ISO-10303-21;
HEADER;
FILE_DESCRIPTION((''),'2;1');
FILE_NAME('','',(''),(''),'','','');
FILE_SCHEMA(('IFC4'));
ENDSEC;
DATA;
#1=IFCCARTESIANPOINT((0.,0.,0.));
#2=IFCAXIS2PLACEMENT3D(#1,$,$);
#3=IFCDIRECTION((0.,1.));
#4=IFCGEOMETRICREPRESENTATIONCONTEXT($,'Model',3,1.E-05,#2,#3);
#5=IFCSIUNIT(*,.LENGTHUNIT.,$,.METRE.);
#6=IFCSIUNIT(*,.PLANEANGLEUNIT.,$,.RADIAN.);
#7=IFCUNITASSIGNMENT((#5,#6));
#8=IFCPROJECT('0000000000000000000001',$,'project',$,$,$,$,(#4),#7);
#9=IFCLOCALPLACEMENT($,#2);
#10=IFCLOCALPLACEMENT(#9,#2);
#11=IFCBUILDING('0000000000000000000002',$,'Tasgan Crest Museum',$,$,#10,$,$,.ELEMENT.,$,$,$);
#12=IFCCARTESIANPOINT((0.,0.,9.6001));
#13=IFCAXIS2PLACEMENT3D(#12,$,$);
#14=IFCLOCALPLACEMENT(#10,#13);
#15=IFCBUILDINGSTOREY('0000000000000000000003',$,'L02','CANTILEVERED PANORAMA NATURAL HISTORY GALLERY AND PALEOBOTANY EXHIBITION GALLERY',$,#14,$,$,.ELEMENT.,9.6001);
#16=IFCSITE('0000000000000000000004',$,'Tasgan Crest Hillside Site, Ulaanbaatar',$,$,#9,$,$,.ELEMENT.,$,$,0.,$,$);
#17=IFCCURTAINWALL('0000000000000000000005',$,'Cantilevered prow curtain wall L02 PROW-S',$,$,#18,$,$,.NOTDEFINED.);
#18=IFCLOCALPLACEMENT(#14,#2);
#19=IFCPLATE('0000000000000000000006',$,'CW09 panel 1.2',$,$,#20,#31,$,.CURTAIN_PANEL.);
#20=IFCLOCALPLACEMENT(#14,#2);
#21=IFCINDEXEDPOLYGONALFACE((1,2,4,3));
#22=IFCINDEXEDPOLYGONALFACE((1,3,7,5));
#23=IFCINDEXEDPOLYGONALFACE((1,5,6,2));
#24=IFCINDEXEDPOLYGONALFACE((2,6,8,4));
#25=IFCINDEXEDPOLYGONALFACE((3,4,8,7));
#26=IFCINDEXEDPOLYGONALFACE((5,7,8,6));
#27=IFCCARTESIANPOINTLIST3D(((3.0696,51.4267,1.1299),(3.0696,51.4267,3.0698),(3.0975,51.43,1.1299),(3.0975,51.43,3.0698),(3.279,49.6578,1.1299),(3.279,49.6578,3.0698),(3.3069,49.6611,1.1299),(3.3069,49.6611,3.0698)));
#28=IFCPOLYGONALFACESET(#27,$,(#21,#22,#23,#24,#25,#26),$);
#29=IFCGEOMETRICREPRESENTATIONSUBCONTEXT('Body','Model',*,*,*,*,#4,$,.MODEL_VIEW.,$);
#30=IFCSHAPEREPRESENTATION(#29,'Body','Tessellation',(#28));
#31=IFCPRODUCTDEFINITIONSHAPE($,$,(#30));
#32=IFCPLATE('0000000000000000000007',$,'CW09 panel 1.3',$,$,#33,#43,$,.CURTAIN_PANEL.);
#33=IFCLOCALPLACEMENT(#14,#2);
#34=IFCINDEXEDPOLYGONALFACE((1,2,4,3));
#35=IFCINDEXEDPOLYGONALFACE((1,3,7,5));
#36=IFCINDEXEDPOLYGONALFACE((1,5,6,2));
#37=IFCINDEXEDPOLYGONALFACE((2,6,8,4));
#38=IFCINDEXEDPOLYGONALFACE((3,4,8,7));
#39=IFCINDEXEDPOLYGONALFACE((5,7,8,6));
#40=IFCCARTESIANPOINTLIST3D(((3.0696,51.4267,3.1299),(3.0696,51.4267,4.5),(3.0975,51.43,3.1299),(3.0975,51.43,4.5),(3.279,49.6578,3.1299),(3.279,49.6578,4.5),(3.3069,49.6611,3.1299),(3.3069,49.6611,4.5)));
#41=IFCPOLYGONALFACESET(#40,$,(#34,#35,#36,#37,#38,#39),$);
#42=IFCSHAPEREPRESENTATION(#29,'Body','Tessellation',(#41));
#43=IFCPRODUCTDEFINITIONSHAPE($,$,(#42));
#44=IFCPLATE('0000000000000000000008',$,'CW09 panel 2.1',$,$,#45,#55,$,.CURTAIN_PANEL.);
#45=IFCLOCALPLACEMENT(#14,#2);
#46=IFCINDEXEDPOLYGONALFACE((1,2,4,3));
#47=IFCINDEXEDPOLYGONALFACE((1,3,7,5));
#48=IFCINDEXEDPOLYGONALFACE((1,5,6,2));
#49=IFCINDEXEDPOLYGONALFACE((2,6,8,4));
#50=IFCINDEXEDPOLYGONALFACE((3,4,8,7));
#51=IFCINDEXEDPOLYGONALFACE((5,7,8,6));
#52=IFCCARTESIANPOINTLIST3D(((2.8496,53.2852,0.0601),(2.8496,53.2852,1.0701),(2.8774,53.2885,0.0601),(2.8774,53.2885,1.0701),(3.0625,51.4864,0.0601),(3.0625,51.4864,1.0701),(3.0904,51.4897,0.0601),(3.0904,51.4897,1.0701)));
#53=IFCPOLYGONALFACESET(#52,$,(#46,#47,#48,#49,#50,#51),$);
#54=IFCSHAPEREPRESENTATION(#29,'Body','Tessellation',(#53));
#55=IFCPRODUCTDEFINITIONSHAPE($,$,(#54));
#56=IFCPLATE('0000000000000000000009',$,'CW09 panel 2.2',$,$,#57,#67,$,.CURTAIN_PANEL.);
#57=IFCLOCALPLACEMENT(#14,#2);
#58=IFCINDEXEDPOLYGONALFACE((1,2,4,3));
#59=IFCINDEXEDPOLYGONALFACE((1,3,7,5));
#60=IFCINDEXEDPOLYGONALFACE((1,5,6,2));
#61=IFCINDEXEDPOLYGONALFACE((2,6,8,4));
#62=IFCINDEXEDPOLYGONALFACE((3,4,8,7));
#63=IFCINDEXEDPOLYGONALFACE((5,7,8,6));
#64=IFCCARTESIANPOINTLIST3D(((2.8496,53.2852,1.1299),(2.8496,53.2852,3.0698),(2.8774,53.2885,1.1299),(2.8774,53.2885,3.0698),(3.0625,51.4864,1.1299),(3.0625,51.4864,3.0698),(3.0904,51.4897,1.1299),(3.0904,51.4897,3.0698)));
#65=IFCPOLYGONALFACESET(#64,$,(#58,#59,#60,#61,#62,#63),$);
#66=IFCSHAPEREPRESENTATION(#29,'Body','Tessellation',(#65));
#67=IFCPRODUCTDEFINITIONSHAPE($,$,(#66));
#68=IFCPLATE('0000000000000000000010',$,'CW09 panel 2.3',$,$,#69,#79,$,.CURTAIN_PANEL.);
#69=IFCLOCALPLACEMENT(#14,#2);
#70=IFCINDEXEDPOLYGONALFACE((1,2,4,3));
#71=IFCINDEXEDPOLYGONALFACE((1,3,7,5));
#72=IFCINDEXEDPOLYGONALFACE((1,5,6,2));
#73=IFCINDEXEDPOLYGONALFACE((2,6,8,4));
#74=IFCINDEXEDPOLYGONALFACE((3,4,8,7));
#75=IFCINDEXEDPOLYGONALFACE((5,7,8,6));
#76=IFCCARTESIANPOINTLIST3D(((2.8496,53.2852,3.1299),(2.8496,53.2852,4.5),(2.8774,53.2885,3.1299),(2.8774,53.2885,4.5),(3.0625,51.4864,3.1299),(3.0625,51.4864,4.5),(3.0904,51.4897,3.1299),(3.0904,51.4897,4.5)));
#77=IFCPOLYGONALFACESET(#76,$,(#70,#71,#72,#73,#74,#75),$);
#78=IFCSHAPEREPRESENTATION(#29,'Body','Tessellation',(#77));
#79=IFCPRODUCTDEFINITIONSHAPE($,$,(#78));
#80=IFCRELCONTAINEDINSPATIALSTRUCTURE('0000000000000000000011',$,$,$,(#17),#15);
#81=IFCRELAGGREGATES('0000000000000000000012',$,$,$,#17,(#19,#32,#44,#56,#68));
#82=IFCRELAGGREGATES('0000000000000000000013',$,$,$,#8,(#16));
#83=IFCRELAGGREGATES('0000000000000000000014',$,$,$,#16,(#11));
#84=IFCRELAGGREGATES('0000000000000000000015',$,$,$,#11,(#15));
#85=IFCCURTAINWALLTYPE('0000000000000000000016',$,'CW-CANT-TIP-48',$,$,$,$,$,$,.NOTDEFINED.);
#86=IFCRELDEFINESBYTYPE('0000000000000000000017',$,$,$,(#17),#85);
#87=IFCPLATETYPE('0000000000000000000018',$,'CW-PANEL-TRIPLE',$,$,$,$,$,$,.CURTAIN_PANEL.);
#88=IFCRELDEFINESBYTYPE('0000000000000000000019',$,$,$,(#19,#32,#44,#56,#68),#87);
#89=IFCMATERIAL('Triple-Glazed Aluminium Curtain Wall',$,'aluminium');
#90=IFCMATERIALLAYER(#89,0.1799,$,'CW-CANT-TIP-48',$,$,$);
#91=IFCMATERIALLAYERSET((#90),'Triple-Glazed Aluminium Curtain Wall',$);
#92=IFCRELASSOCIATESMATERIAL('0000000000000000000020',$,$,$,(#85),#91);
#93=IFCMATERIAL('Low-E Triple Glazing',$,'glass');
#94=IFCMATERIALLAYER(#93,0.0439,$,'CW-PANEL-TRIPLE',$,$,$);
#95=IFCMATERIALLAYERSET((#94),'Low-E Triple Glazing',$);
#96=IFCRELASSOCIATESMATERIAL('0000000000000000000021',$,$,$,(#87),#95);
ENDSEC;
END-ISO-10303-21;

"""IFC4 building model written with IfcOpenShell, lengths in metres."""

from ifc_helpers import new_model, si_unit, direction, frame, origin, origin_2d, place, context, subcontext, project, spatial, rectangle, extrude, material, layer, layer_set, type_object, element, aggregate, save


model = new_model("IFC4")

# Units and contexts
model_context = context("Model", 3, precision=1e-05, world=origin(), true_north=direction((0.0, 1.0)))
body_context = subcontext(model_context, "Body", "Model", "MODEL_VIEW")
ifc_project = project(units=[si_unit("LENGTHUNIT", "METRE"), si_unit("PLANEANGLEUNIT", "RADIAN")], contexts=[model_context])

# Site, building, storey
site_placement = place(None, origin())
site = spatial("IfcSite", under=ifc_project, at=site_placement, Name="Tasgan Crest Hillside Site, Ulaanbaatar", CompositionType="ELEMENT", RefElevation=0.0)
building_placement = place(site_placement, origin())
building = spatial("IfcBuilding", under=site, at=building_placement, Name="Tasgan Crest Museum", CompositionType="ELEMENT")
storey_placement = place(building_placement, frame((0.0, 0.0, 9.6001)))
storey = spatial("IfcBuildingStorey", under=building, at=storey_placement, Name="L02", Description="CANTILEVERED PANORAMA NATURAL HISTORY GALLERY AND PALEOBOTANY EXHIBITION GALLERY", CompositionType="ELEMENT", Elevation=9.6001)

# Curtain wall
ifc_material_1 = material(Name="Triple-Glazed Aluminium Curtain Wall", Category="aluminium")
ifc_layer_1 = layer(ifc_material_1, 0.1799, Name="CW-CANT-TIP-48")
ifc_layer_set_1 = layer_set([ifc_layer_1], Name="Triple-Glazed Aluminium Curtain Wall")
curtain_wall_type = type_object("IfcCurtainWallType", Name="CW-CANT-TIP-48", PredefinedType="NOTDEFINED", material=ifc_layer_set_1)
curtain_wall_1_placement = place(storey_placement, origin())
curtain_wall_1 = element("IfcCurtainWall", 1, at=curtain_wall_1_placement, inside=storey, type_object=curtain_wall_type, Name="Cantilevered prow curtain wall L02 PROW-S", PredefinedType="NOTDEFINED")

# Plates
ifc_material_2 = material(Name="Low-E Triple Glazing", Category="glass")
ifc_layer_2 = layer(ifc_material_2, 0.0439, Name="CW-PANEL-TRIPLE")
ifc_layer_set_2 = layer_set([ifc_layer_2], Name="Low-E Triple Glazing")
plate_type_1 = type_object("IfcPlateType", Name="CW-PANEL-TRIPLE", PredefinedType="CURTAIN_PANEL", material=ifc_layer_set_2)
plate_1_placement = place(storey_placement, frame((3.1882, 50.5439, 1.1299), z_axis=(0.0, 0.0, 1.0), x_axis=(-0.117565, 0.993065, 0.0)))
plate_1 = element("IfcPlate", 2, at=plate_1_placement, type_object=plate_type_1, Name="CW09 panel 1.2", PredefinedType="CURTAIN_PANEL", context=body_context, shape_type="SweptSolid", body=[
    extrude(rectangle(XDim=1.7812, YDim=0.0281, at=origin_2d()), origin(), (0.0, 0.0, 1.0), 1.9399),
])
plate_2_placement = place(storey_placement, frame((3.1882, 50.5439, 3.1299), z_axis=(0.0, 0.0, 1.0), x_axis=(-0.117565, 0.993065, 0.0)))
plate_2 = element("IfcPlate", 3, at=plate_2_placement, type_object=plate_type_1, Name="CW09 panel 1.3", PredefinedType="CURTAIN_PANEL", context=body_context, shape_type="SweptSolid", body=[
    extrude(rectangle(XDim=1.7812, YDim=0.0281, at=origin_2d()), origin(), (0.0, 0.0, 1.0), 1.3701),
])
plate_3_placement = place(storey_placement, frame((2.97, 52.3875, 0.0601), z_axis=(0.0, 0.0, 1.0), x_axis=(-0.117565, 0.993065, 0.0)))
plate_3 = element("IfcPlate", 4, at=plate_3_placement, type_object=plate_type_1, Name="CW09 panel 2.1", PredefinedType="CURTAIN_PANEL", context=body_context, shape_type="SweptSolid", body=[
    extrude(rectangle(XDim=1.8113, YDim=0.0281, at=origin_2d()), origin(), (0.0, 0.0, 1.0), 1.01),
])
plate_4_placement = place(storey_placement, frame((2.97, 52.3875, 1.1299), z_axis=(0.0, 0.0, 1.0), x_axis=(-0.117565, 0.993065, 0.0)))
plate_4 = element("IfcPlate", 5, at=plate_4_placement, type_object=plate_type_1, Name="CW09 panel 2.2", PredefinedType="CURTAIN_PANEL", context=body_context, shape_type="SweptSolid", body=[
    extrude(rectangle(XDim=1.8113, YDim=0.0281, at=origin_2d()), origin(), (0.0, 0.0, 1.0), 1.9399),
])
plate_5_placement = place(storey_placement, frame((2.97, 52.3875, 3.1299), z_axis=(0.0, 0.0, 1.0), x_axis=(-0.117565, 0.993065, 0.0)))
plate_5 = element("IfcPlate", 6, at=plate_5_placement, type_object=plate_type_1, Name="CW09 panel 2.3", PredefinedType="CURTAIN_PANEL", context=body_context, shape_type="SweptSolid", body=[
    extrude(rectangle(XDim=1.8113, YDim=0.0281, at=origin_2d()), origin(), (0.0, 0.0, 1.0), 1.3701),
])
aggregate(curtain_wall_1, [plate_1, plate_2, plate_3, plate_4, plate_5])

save(model, "model.ifc")
